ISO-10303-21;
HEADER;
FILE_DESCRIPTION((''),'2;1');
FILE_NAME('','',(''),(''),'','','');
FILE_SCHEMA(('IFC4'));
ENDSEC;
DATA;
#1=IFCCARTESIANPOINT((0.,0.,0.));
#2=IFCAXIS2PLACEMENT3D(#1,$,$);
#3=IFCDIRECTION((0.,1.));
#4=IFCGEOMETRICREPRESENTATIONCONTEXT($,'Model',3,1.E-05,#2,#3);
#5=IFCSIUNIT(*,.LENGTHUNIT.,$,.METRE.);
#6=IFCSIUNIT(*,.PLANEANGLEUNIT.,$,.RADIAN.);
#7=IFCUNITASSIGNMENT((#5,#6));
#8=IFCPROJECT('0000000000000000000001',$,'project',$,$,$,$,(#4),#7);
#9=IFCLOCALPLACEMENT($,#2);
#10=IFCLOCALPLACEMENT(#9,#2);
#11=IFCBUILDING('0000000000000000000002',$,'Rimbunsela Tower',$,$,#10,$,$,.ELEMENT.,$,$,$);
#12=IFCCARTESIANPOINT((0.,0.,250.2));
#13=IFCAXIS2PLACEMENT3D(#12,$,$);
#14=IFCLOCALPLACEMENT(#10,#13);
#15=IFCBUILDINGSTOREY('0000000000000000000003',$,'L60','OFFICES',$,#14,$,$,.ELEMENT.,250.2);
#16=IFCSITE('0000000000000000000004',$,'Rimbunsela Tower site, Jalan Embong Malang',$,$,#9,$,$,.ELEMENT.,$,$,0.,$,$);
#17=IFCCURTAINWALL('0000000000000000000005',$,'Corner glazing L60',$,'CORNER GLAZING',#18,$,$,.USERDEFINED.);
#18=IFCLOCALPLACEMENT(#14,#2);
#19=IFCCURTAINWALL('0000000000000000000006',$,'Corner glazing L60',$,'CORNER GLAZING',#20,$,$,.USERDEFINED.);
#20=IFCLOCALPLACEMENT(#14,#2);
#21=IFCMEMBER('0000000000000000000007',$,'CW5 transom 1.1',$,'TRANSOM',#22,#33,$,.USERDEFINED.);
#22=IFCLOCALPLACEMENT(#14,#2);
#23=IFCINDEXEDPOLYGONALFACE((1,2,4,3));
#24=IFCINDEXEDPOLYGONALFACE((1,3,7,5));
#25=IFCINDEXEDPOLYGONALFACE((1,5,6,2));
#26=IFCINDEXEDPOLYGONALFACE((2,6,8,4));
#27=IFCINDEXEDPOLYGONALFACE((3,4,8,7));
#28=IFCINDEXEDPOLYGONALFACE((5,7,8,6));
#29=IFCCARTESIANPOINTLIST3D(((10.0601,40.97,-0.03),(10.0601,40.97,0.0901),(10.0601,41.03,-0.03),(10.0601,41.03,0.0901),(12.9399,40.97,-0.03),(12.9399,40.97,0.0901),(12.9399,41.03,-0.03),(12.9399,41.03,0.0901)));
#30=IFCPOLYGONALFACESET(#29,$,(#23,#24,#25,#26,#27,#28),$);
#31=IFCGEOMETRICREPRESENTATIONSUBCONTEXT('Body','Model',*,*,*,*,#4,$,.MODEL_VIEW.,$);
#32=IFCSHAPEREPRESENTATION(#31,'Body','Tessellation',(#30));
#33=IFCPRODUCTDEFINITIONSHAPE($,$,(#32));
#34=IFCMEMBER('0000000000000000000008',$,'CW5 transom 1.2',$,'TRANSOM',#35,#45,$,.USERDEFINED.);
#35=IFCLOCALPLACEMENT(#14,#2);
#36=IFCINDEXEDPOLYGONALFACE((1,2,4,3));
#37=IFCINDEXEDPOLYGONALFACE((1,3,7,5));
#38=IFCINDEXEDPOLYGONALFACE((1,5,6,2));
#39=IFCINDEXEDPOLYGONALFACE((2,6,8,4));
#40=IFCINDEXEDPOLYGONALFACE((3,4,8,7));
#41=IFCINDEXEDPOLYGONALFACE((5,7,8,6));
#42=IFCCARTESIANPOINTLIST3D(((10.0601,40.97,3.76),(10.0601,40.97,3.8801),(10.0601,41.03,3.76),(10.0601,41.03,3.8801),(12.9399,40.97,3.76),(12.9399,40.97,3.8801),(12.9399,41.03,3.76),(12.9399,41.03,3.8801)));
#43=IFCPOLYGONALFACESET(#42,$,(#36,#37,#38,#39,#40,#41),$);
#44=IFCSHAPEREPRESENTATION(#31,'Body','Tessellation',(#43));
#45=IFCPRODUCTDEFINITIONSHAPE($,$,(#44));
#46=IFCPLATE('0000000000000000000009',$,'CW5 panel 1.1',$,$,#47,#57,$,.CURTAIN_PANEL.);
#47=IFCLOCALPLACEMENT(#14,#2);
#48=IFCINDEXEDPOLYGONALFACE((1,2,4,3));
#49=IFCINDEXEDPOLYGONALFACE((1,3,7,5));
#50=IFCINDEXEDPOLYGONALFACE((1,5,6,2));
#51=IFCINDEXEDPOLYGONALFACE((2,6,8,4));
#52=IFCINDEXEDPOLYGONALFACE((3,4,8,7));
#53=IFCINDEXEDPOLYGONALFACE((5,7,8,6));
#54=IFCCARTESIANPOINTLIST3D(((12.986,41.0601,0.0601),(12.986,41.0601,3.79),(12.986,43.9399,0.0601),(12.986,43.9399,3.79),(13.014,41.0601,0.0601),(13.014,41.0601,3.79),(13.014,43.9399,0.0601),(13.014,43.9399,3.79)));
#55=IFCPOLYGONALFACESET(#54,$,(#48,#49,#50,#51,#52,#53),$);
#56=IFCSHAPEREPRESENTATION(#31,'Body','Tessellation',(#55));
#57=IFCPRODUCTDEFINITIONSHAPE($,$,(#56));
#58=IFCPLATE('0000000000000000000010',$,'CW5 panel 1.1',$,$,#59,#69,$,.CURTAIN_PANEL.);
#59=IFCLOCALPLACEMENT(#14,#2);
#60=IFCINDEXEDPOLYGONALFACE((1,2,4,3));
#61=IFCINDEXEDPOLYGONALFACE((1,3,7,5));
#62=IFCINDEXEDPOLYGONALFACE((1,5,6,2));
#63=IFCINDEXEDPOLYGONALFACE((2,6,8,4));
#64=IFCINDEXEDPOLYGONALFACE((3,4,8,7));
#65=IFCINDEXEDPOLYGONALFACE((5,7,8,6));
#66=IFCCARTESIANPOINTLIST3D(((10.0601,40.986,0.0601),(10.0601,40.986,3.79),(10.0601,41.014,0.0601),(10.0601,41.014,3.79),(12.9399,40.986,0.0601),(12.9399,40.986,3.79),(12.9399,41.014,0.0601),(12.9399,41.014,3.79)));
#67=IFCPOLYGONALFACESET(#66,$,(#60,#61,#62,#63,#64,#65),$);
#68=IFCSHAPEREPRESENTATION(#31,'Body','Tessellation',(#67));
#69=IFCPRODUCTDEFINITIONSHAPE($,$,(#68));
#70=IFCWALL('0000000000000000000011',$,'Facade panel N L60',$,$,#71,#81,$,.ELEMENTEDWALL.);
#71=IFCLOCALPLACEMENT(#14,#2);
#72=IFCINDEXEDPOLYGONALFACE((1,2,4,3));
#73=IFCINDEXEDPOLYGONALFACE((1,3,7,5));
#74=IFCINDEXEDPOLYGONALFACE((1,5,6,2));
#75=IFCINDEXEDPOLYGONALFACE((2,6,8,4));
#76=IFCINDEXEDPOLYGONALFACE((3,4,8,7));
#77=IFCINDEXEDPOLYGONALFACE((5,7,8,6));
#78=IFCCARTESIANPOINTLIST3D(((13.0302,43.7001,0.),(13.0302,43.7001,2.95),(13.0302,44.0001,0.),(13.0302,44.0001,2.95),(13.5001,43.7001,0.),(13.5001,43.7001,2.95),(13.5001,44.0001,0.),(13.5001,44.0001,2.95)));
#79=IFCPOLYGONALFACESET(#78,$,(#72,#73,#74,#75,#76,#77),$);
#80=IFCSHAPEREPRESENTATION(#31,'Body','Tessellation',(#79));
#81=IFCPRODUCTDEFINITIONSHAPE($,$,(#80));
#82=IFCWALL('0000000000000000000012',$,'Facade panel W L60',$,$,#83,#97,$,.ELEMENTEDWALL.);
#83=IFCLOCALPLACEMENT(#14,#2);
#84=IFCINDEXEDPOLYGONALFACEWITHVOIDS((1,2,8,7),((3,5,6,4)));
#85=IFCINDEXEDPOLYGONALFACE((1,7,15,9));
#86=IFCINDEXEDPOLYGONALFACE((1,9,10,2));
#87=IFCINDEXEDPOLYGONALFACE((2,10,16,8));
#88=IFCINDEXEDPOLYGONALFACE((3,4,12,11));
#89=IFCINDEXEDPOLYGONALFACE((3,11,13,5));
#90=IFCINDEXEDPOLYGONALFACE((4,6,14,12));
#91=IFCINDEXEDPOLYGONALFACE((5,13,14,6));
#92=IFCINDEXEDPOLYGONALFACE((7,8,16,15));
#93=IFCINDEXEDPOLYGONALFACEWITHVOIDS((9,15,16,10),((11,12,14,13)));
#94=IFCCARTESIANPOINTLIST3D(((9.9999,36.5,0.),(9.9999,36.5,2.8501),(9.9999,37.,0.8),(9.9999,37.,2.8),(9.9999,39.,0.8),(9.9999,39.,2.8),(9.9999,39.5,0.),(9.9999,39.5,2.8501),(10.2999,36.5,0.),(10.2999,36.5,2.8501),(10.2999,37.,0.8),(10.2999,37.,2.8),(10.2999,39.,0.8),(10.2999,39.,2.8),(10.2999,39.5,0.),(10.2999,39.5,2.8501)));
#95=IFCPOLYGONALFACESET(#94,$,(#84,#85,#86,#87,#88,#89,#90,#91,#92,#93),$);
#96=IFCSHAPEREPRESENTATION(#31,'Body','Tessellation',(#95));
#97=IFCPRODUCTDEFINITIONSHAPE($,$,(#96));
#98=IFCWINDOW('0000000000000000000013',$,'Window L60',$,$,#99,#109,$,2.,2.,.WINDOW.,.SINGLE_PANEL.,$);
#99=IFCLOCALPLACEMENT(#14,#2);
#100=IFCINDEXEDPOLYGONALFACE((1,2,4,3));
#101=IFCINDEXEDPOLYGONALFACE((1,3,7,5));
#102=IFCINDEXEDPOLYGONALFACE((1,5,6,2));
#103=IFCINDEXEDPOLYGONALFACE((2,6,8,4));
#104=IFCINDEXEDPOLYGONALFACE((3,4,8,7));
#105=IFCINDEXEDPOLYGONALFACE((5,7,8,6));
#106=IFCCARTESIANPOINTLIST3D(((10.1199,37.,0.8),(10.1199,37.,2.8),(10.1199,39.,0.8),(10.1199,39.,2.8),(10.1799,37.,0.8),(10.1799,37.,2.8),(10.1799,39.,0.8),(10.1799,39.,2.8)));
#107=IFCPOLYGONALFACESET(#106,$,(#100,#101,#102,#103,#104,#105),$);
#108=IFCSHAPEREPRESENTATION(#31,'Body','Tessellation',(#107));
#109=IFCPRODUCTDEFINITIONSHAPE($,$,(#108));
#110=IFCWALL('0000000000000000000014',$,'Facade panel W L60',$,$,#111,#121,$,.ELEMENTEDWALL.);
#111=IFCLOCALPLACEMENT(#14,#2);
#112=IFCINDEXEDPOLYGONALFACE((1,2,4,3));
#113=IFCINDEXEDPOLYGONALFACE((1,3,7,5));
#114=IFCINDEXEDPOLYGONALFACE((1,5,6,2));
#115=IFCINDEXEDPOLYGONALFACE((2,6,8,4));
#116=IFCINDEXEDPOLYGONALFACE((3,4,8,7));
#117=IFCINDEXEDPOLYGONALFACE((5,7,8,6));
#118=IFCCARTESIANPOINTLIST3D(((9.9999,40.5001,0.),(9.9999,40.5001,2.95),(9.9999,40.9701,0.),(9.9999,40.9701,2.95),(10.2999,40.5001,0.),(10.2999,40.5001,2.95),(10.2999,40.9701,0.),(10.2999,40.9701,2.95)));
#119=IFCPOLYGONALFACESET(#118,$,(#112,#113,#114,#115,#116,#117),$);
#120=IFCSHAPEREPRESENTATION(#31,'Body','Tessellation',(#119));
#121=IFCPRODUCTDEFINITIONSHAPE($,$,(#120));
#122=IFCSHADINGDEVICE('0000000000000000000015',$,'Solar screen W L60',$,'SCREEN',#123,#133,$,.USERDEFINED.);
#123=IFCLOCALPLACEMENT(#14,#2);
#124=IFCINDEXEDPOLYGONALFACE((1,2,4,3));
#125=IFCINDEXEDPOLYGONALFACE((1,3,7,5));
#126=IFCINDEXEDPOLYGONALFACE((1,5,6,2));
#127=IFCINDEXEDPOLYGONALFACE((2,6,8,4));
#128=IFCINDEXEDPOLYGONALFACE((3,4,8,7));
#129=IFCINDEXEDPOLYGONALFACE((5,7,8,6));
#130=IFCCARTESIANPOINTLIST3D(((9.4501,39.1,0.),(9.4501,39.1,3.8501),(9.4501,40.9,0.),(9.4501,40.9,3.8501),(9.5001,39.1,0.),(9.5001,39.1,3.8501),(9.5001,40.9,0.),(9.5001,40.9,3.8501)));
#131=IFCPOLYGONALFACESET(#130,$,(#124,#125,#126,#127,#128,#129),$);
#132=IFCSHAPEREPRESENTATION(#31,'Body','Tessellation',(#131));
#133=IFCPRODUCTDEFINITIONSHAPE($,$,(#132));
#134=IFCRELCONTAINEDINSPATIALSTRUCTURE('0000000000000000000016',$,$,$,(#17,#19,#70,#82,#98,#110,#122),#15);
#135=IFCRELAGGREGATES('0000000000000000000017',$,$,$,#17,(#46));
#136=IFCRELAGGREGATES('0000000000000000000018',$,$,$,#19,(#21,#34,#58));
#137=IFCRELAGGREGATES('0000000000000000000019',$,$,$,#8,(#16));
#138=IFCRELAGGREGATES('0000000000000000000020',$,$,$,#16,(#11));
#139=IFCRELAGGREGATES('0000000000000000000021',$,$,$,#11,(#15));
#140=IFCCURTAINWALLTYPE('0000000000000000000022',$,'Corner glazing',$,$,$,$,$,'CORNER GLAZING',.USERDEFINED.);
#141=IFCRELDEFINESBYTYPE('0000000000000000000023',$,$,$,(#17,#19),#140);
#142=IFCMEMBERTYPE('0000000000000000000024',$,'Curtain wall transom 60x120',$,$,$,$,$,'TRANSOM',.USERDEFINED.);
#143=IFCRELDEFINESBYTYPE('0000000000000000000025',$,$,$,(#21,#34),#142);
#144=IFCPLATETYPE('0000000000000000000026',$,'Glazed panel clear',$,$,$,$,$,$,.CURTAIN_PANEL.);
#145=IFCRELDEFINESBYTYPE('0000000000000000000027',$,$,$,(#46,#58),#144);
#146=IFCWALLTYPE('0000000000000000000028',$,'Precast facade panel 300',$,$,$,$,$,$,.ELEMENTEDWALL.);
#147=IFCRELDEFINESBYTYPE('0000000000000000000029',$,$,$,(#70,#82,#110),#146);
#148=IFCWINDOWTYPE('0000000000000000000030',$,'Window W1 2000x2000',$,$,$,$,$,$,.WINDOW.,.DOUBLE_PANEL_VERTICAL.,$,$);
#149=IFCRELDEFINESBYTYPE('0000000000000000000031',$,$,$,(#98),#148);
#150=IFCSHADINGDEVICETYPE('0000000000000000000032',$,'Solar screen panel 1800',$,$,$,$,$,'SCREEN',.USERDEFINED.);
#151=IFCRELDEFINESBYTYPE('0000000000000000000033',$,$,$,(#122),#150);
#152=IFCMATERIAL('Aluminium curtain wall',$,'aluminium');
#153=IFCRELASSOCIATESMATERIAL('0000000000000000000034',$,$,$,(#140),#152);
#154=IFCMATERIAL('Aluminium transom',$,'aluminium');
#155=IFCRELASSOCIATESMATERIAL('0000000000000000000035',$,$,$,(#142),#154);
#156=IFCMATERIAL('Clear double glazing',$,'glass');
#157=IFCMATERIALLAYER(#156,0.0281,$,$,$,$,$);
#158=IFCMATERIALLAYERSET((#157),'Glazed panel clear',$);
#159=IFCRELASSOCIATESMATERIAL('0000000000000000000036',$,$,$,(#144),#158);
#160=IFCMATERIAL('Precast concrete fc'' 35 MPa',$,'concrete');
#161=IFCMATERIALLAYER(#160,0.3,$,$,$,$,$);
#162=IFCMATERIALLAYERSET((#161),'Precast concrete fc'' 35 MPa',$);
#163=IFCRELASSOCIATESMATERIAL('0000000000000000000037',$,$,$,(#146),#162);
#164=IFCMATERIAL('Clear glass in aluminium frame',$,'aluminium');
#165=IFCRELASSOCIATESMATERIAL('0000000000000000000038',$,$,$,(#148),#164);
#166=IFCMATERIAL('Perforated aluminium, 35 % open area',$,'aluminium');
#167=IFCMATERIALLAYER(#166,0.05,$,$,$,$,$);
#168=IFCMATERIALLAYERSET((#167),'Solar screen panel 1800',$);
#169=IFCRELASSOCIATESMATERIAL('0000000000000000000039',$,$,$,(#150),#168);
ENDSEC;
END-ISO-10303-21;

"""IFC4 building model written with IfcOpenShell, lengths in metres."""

from ifc_helpers import new_model, si_unit, direction, frame, frame_2d, origin, origin_2d, place, context, subcontext, project, spatial, rectangle, extrude, material, layer, layer_set, material_profile, profile_set, type_object, element, fill, aggregate, save


model = new_model("IFC4")

# Units and contexts
model_context = context("Model", 3, precision=1e-05, world=origin(), true_north=direction((0.0, 1.0)))
body_context = subcontext(model_context, "Body", "Model", "MODEL_VIEW")
ifc_project = project(units=[si_unit("LENGTHUNIT", "METRE"), si_unit("PLANEANGLEUNIT", "RADIAN")], contexts=[model_context])

# Site, building, storey
site_placement = place(None, origin())
site = spatial("IfcSite", under=ifc_project, at=site_placement, Name="Rimbunsela Tower site, Jalan Embong Malang", CompositionType="ELEMENT", RefElevation=0.0)
building_placement = place(site_placement, origin())
building = spatial("IfcBuilding", under=site, at=building_placement, Name="Rimbunsela Tower", CompositionType="ELEMENT")
storey_placement = place(building_placement, frame((0.0, 0.0, 250.2)))
storey = spatial("IfcBuildingStorey", under=building, at=storey_placement, Name="L60", Description="OFFICES", CompositionType="ELEMENT", Elevation=250.2)

# Curtain walls
ifc_material_1 = material(Name="Aluminium curtain wall", Category="aluminium")
curtain_wall_type = type_object("IfcCurtainWallType", Name="Corner glazing", ElementType="CORNER GLAZING", PredefinedType="USERDEFINED", material=ifc_material_1)
curtain_wall_1_placement = place(storey_placement, origin())
curtain_wall_1 = element("IfcCurtainWall", 1, at=curtain_wall_1_placement, inside=storey, type_object=curtain_wall_type, Name="Corner glazing L60", ObjectType="CORNER GLAZING", PredefinedType="USERDEFINED")
curtain_wall_2_placement = place(storey_placement, origin())
curtain_wall_2 = element("IfcCurtainWall", 2, at=curtain_wall_2_placement, inside=storey, type_object=curtain_wall_type, Name="Corner glazing L60", ObjectType="CORNER GLAZING", PredefinedType="USERDEFINED")

# Members
ifc_material_2 = material(Name="Aluminium transom", Category="aluminium")
ifc_material_profile_1 = material_profile(ifc_material_2, rectangle(XDim=0.0601, YDim=0.1201, at=origin_2d()), Name="Transom 60x120")
ifc_profile_set_1 = profile_set([ifc_material_profile_1], Name="Aluminium transom")
member_type_1 = type_object("IfcMemberType", Name="Curtain wall transom 60x120", ElementType="TRANSOM", PredefinedType="USERDEFINED", material=ifc_profile_set_1)
member_1_placement = place(storey_placement, frame((12.9399, 41.0, 0.03), z_axis=(-1.0, 0.0, 0.0), x_axis=(0.0, -1.0, 0.0)))
member_1 = element("IfcMember", 3, at=member_1_placement, type_object=member_type_1, Name="CW5 transom 1.1", ObjectType="TRANSOM", PredefinedType="USERDEFINED", context=body_context, shape_type="SweptSolid", body=[
    extrude(rectangle(XDim=0.0601, YDim=0.1201, at=origin_2d()), origin(), (0.0, 0.0, 1.0), 2.8799),
])
member_2_placement = place(storey_placement, frame((12.9399, 41.0, 3.8201), z_axis=(-1.0, 0.0, 0.0), x_axis=(0.0, -1.0, 0.0)))
member_2 = element("IfcMember", 4, at=member_2_placement, type_object=member_type_1, Name="CW5 transom 1.2", ObjectType="TRANSOM", PredefinedType="USERDEFINED", context=body_context, shape_type="SweptSolid", body=[
    extrude(rectangle(XDim=0.0601, YDim=0.1201, at=origin_2d()), origin(), (0.0, 0.0, 1.0), 2.8799),
])

# Plates
ifc_material_3 = material(Name="Clear double glazing", Category="glass")
ifc_layer_1 = layer(ifc_material_3, 0.0281)
ifc_layer_set_1 = layer_set([ifc_layer_1], Name="Glazed panel clear")
plate_type = type_object("IfcPlateType", Name="Glazed panel clear", PredefinedType="CURTAIN_PANEL", material=ifc_layer_set_1)
plate_1_placement = place(storey_placement, frame((13.0, 42.5, 0.0601), z_axis=(0.0, 0.0, 1.0), x_axis=(0.0, -1.0, 0.0)))
plate_1 = element("IfcPlate", 5, at=plate_1_placement, type_object=plate_type, Name="CW5 panel 1.1", PredefinedType="CURTAIN_PANEL", context=body_context, shape_type="SweptSolid", body=[
    extrude(rectangle(XDim=2.8799, YDim=0.0281, at=origin_2d()), origin(), (0.0, 0.0, 1.0), 3.73),
])
aggregate(curtain_wall_1, [plate_1])
plate_2_placement = place(storey_placement, frame((11.5, 41.0, 0.0601), z_axis=(0.0, 0.0, 1.0), x_axis=(-1.0, 0.0, 0.0)))
plate_2 = element("IfcPlate", 6, at=plate_2_placement, type_object=plate_type, Name="CW5 panel 1.1", PredefinedType="CURTAIN_PANEL", context=body_context, shape_type="SweptSolid", body=[
    extrude(rectangle(XDim=2.8799, YDim=0.0281, at=origin_2d()), origin(), (0.0, 0.0, 1.0), 3.73),
])
aggregate(curtain_wall_2, [member_1, member_2, plate_2])

# Wall
ifc_material_4 = material(Name="Precast concrete fc' 35 MPa", Category="concrete")
ifc_layer_2 = layer(ifc_material_4, 0.3)
ifc_layer_set_2 = layer_set([ifc_layer_2], Name="Precast concrete fc' 35 MPa")
wall_type = type_object("IfcWallType", Name="Precast facade panel 300", PredefinedType="ELEMENTEDWALL", material=ifc_layer_set_2)
wall_1_placement = place(storey_placement, frame((13.5, 43.8501, 0.0), z_axis=(0.0, 0.0, 1.0), x_axis=(-1.0, 0.0, 0.0)))
element("IfcWall", 7, at=wall_1_placement, inside=storey, type_object=wall_type, Name="Facade panel N L60", PredefinedType="ELEMENTEDWALL", context=body_context, shape_type="SweptSolid", body=[
    extrude(rectangle(XDim=0.47, YDim=0.3, at=frame_2d((0.2349, 0.0))), origin(), (0.0, 0.0, 1.0), 2.95),
])

# Wall, opening, window
wall_2_placement = place(storey_placement, frame((10.1499, 39.5, 0.0), z_axis=(0.0, 0.0, 1.0), x_axis=(0.0, -1.0, 0.0)))
wall_2 = element("IfcWall", 8, at=wall_2_placement, inside=storey, type_object=wall_type, Name="Facade panel W L60", PredefinedType="ELEMENTEDWALL", context=body_context, shape_type="SweptSolid", body=[
    extrude(rectangle(XDim=3.0, YDim=0.3, at=frame_2d((1.5, 0.0))), origin(), (0.0, 0.0, 1.0), 2.8501),
])
opening_placement = place(wall_2_placement, frame((0.5, 0.0, 0.8)))
opening = element("IfcOpeningElement", 9, at=opening_placement, cuts=wall_2, PredefinedType="OPENING", context=body_context, shape_type="SweptSolid", body=[
    extrude(rectangle(XDim=2.0, YDim=2.0, at=frame_2d((1.0, 1.0))), frame((0.0, 0.1599, 0.0), z_axis=(0.0, -1.0, 0.0), x_axis=(1.0, 0.0, 0.0)), (0.0, 0.0, 1.0), 0.3201),
])
ifc_material_5 = material(Name="Clear glass in aluminium frame", Category="aluminium")
window_type = type_object("IfcWindowType", Name="Window W1 2000x2000", PartitioningType="DOUBLE_PANEL_VERTICAL", PredefinedType="WINDOW", material=ifc_material_5)
window_placement = place(opening_placement, origin())
window = element("IfcWindow", 10, at=window_placement, inside=storey, type_object=window_type, Name="Window L60", OverallHeight=2.0, OverallWidth=2.0, PartitioningType="SINGLE_PANEL", PredefinedType="WINDOW", context=body_context, shape_type="SweptSolid", body=[
    extrude(rectangle(XDim=2.0, YDim=2.0, at=frame_2d((1.0, 1.0))), frame((0.0, 0.03, 0.0), z_axis=(0.0, -1.0, 0.0), x_axis=(1.0, 0.0, 0.0)), (0.0, 0.0, 1.0), 0.0601),
])
fill(opening, window)

# Wall
wall_3_placement = place(storey_placement, frame((10.1499, 40.97, 0.0), z_axis=(0.0, 0.0, 1.0), x_axis=(0.0, -1.0, 0.0)))
element("IfcWall", 11, at=wall_3_placement, inside=storey, type_object=wall_type, Name="Facade panel W L60", PredefinedType="ELEMENTEDWALL", context=body_context, shape_type="SweptSolid", body=[
    extrude(rectangle(XDim=0.47, YDim=0.3, at=frame_2d((0.2349, 0.0))), origin(), (0.0, 0.0, 1.0), 2.95),
])

# Shading device
ifc_material_6 = material(Name="Perforated aluminium, 35 % open area", Category="aluminium")
ifc_layer_3 = layer(ifc_material_6, 0.05)
ifc_layer_set_3 = layer_set([ifc_layer_3], Name="Solar screen panel 1800")
shading_device_type = type_object("IfcShadingDeviceType", Name="Solar screen panel 1800", ElementType="SCREEN", PredefinedType="USERDEFINED", material=ifc_layer_set_3)
shading_device_placement = place(storey_placement, frame((9.4751, 40.0, 0.0), z_axis=(0.0, 0.0, 1.0), x_axis=(0.0, 1.0, 0.0)))
element("IfcShadingDevice", 12, at=shading_device_placement, inside=storey, type_object=shading_device_type, Name="Solar screen W L60", ObjectType="SCREEN", PredefinedType="USERDEFINED", context=body_context, shape_type="SweptSolid", body=[
    extrude(rectangle(XDim=1.8, YDim=0.05, at=origin_2d()), origin(), (0.0, 0.0, 1.0), 3.8501),
])

save(model, "model.ifc")
